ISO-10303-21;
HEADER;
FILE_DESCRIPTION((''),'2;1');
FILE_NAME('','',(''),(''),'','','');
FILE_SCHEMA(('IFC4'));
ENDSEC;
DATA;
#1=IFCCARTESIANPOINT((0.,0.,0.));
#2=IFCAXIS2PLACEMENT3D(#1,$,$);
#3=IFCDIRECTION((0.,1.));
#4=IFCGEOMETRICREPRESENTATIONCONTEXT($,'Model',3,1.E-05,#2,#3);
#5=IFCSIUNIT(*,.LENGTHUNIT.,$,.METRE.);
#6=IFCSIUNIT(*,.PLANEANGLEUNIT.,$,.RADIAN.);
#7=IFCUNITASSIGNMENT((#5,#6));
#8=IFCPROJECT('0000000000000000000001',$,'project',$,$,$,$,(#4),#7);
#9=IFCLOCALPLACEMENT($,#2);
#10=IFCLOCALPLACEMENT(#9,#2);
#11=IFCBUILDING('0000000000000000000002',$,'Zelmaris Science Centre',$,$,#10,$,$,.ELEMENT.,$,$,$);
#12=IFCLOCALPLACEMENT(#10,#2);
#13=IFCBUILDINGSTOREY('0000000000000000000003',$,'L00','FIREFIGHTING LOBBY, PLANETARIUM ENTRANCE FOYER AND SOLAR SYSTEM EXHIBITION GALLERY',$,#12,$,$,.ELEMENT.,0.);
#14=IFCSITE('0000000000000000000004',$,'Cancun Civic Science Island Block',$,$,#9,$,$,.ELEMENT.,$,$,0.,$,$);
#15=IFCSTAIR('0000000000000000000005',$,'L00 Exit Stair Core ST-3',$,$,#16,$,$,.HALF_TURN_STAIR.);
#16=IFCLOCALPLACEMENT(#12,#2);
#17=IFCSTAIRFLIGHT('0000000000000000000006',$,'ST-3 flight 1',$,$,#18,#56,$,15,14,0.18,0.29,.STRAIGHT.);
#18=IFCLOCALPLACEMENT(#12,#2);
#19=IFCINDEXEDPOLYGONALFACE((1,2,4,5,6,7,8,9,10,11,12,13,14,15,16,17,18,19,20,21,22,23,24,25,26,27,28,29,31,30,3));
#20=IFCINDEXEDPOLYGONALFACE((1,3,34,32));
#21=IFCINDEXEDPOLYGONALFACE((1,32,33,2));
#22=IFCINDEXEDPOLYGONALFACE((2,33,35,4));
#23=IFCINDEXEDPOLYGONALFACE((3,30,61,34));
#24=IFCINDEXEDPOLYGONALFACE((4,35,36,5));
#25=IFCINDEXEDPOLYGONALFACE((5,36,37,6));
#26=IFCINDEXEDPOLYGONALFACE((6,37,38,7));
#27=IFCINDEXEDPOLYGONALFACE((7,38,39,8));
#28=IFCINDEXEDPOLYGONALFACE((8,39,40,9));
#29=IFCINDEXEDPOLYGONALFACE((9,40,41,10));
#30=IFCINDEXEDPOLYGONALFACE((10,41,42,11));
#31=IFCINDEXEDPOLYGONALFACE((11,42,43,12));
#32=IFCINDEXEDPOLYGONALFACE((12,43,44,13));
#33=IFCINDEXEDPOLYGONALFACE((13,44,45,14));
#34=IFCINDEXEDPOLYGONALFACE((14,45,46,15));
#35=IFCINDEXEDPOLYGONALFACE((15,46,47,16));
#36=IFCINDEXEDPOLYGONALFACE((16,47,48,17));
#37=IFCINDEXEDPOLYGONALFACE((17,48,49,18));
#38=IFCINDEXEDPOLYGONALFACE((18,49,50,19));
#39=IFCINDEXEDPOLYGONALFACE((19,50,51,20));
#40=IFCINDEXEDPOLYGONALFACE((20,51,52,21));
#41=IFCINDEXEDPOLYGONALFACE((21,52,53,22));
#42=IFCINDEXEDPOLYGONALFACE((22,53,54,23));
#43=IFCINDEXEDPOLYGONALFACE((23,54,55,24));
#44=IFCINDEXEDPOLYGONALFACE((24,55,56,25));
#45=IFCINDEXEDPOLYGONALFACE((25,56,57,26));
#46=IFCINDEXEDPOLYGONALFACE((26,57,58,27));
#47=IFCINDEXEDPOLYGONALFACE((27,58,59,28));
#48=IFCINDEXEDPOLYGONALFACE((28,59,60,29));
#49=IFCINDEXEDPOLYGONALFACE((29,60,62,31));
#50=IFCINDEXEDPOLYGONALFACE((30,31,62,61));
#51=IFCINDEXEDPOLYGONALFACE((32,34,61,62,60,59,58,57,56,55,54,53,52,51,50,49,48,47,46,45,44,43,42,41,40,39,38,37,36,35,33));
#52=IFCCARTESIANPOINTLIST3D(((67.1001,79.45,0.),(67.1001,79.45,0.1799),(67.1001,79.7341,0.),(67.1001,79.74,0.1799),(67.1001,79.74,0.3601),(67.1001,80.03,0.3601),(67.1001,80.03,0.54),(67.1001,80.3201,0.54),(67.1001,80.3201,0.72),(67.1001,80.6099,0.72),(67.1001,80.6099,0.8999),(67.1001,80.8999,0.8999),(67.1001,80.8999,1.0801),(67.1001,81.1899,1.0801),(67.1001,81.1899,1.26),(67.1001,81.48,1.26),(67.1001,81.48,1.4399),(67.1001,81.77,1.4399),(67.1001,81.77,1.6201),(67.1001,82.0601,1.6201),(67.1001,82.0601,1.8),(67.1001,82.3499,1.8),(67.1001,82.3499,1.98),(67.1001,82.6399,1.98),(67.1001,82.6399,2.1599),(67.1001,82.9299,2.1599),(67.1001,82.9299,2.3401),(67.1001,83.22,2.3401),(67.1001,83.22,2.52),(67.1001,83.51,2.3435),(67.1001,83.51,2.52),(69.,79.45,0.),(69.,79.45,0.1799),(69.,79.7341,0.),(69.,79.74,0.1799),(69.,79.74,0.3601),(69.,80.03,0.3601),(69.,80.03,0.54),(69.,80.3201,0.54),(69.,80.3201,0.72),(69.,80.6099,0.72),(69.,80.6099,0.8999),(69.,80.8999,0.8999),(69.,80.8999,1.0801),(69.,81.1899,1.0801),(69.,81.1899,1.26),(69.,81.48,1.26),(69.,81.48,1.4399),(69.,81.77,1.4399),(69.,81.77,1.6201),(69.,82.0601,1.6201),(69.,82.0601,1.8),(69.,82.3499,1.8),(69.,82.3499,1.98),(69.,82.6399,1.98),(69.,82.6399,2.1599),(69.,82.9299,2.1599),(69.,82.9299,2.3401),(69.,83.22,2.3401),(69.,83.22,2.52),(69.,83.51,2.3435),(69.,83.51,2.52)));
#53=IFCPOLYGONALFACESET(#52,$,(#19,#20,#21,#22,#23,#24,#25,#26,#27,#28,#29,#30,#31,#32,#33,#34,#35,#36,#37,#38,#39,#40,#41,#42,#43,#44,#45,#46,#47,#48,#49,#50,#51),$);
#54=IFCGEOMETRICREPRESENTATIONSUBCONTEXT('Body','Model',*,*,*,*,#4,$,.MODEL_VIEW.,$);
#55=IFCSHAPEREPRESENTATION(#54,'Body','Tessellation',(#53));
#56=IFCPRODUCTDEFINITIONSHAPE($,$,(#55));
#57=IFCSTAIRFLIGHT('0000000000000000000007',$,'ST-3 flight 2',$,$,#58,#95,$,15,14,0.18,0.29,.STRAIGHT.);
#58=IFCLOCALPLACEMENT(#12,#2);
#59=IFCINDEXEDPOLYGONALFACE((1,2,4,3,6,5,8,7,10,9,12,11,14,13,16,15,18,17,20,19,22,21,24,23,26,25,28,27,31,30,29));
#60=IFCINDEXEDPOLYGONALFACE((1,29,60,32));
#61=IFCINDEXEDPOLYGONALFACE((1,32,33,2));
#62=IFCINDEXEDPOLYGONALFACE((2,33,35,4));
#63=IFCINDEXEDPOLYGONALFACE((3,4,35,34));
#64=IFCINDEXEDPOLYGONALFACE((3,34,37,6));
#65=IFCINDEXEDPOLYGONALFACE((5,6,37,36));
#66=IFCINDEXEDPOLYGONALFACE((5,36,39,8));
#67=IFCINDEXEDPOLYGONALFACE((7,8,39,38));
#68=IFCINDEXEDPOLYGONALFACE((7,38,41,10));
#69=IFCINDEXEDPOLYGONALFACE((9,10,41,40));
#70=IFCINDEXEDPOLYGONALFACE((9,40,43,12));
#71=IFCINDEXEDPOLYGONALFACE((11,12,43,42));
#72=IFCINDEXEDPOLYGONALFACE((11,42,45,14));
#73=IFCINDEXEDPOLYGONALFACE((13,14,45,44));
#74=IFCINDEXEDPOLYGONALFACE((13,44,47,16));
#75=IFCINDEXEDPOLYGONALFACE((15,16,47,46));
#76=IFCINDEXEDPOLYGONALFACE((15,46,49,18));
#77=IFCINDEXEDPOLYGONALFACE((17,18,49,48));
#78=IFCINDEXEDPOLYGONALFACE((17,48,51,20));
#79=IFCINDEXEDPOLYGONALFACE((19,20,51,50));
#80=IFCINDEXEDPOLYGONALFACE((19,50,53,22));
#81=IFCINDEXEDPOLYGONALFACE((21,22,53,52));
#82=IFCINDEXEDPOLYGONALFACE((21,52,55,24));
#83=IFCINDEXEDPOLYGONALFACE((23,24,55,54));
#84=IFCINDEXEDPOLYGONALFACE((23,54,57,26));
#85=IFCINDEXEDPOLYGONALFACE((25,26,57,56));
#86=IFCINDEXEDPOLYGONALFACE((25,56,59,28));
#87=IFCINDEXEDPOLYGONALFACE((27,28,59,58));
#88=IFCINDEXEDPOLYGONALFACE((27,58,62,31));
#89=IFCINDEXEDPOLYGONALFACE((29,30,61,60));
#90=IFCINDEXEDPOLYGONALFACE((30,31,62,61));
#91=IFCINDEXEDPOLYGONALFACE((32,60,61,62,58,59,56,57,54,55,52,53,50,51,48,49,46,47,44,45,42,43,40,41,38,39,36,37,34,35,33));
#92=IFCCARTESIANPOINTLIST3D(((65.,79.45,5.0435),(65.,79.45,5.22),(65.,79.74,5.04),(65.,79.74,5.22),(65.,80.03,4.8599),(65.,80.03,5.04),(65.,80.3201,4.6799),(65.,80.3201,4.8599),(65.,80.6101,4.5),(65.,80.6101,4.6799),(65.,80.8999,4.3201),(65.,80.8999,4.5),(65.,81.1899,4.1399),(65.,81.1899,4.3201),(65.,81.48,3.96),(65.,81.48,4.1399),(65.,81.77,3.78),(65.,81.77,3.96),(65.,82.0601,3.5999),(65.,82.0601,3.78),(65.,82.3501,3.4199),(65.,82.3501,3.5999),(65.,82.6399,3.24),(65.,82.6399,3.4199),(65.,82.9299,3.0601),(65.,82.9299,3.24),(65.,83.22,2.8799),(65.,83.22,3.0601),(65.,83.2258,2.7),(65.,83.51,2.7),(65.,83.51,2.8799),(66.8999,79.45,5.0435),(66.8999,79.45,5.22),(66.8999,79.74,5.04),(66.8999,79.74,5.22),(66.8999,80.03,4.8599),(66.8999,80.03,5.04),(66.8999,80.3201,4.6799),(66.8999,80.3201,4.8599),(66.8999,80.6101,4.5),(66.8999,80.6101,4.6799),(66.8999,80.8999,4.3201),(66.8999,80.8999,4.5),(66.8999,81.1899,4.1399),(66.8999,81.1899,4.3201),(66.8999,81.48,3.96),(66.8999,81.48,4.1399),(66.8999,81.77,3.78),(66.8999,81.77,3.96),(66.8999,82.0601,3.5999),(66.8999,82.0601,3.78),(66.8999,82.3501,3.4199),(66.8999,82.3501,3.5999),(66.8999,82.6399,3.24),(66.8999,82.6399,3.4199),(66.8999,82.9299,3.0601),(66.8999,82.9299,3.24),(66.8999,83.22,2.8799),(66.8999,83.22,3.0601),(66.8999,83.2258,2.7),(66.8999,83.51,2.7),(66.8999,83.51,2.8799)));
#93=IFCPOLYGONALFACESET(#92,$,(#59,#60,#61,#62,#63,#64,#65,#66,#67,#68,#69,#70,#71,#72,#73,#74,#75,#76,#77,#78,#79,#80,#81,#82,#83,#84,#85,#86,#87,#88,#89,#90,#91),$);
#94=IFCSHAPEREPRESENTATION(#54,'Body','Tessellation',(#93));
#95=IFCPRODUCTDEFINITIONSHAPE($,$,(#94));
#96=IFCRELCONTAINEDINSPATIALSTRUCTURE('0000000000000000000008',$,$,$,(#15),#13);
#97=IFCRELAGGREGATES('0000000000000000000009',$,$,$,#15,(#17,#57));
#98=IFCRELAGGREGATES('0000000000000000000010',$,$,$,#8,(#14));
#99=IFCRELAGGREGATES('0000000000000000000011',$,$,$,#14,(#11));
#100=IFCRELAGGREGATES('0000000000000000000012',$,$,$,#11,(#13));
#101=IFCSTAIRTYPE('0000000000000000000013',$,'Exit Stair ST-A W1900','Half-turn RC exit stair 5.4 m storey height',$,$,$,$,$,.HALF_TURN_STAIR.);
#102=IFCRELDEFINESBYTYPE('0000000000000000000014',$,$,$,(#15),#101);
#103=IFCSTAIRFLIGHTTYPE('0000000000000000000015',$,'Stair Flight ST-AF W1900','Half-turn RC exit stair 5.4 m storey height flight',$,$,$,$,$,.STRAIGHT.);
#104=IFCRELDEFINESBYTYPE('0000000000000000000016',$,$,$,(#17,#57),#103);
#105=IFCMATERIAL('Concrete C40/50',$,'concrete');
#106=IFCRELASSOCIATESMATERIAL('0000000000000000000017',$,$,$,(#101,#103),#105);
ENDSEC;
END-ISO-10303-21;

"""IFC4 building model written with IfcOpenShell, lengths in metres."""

from ifc_helpers import new_model, si_unit, direction, frame, origin, place, context, subcontext, project, spatial, polyline, outline, extrude, material, type_object, element, aggregate, save


model = new_model("IFC4")

# Units and contexts
model_context = context("Model", 3, precision=1e-05, world=origin(), true_north=direction((0.0, 1.0)))
body_context = subcontext(model_context, "Body", "Model", "MODEL_VIEW")
ifc_project = project(units=[si_unit("LENGTHUNIT", "METRE"), si_unit("PLANEANGLEUNIT", "RADIAN")], contexts=[model_context])

# Site, building, storey
site_placement = place(None, origin())
site = spatial("IfcSite", under=ifc_project, at=site_placement, Name="Cancun Civic Science Island Block", CompositionType="ELEMENT", RefElevation=0.0)
building_placement = place(site_placement, origin())
building = spatial("IfcBuilding", under=site, at=building_placement, Name="Zelmaris Science Centre", CompositionType="ELEMENT")
storey_placement = place(building_placement, origin())
storey = spatial("IfcBuildingStorey", under=building, at=storey_placement, Name="L00", Description="FIREFIGHTING LOBBY, PLANETARIUM ENTRANCE FOYER AND SOLAR SYSTEM EXHIBITION GALLERY", CompositionType="ELEMENT", Elevation=0.0)

# Shared definitions
ifc_material_1 = material(Name="Concrete C40/50", Category="concrete")

# Stair, stair flights
stair_type = type_object("IfcStairType", Name="Exit Stair ST-A W1900", Description="Half-turn RC exit stair 5.4 m storey height", PredefinedType="HALF_TURN_STAIR", material=ifc_material_1)
stair_placement = place(storey_placement, origin())
stair = element("IfcStair", 1, at=stair_placement, inside=storey, type_object=stair_type, Name="L00 Exit Stair Core ST-3", PredefinedType="HALF_TURN_STAIR")
stair_flight_type = type_object("IfcStairFlightType", Name="Stair Flight ST-AF W1900", Description="Half-turn RC exit stair 5.4 m storey height flight", PredefinedType="STRAIGHT", material=ifc_material_1)
stair_flight_1_placement = place(storey_placement, frame((68.05, 79.45, 0.0), z_axis=(0.0, 0.0, 1.0), x_axis=(0.0, 1.0, 0.0)))
stair_flight_1 = element("IfcStairFlight", 2, at=stair_flight_1_placement, type_object=stair_flight_type, Name="ST-3 flight 1", NumberOfRisers=15, NumberOfTreads=14, PredefinedType="STRAIGHT", RiserHeight=0.18, TreadLength=0.29, context=body_context, shape_type="SweptSolid", body=[
    extrude(outline(polyline([(0.0, 0.0), (0.0, 0.1799), (0.29, 0.1799), (0.29, 0.3601), (0.5801, 0.3601), (0.5801, 0.54), (0.8701, 0.54), (0.8701, 0.72), (1.1599, 0.72), (1.1599, 0.8999), (1.45, 0.8999), (1.45, 1.0801), (1.74, 1.0801), (1.74, 1.26), (2.03, 1.26), (2.03, 1.4399), (2.3201, 1.4399), (2.3201, 1.6201), (2.6101, 1.6201), (2.6101, 1.8), (2.8999, 1.8), (2.8999, 1.98), (3.1899, 1.98), (3.1899, 2.1599), (3.48, 2.1599), (3.48, 2.3401), (3.77, 2.3401), (3.77, 2.52), (4.0601, 2.52), (4.0601, 2.7), (4.0601, 2.3435), (0.2842, 0.0), (0.0, 0.0)])), frame((0.0, 0.95, 0.0), z_axis=(0.0, -1.0, 0.0), x_axis=(1.0, 0.0, 0.0)), (0.0, 0.0, 1.0), 1.8999),
])
stair_flight_2_placement = place(storey_placement, frame((65.95, 83.51, 2.7), z_axis=(0.0, 0.0, 1.0), x_axis=(0.0, -1.0, 0.0)))
stair_flight_2 = element("IfcStairFlight", 3, at=stair_flight_2_placement, type_object=stair_flight_type, Name="ST-3 flight 2", NumberOfRisers=15, NumberOfTreads=14, PredefinedType="STRAIGHT", RiserHeight=0.18, TreadLength=0.29, context=body_context, shape_type="SweptSolid", body=[
    extrude(outline(polyline([(0.0, 0.0), (0.0, 0.1799), (0.29, 0.1799), (0.29, 0.3601), (0.5801, 0.3601), (0.5801, 0.54), (0.8701, 0.54), (0.8701, 0.72), (1.1599, 0.72), (1.1599, 0.8999), (1.45, 0.8999), (1.45, 1.0801), (1.74, 1.0801), (1.74, 1.26), (2.03, 1.26), (2.03, 1.4399), (2.3201, 1.4399), (2.3201, 1.6201), (2.6101, 1.6201), (2.6101, 1.8), (2.8999, 1.8), (2.8999, 1.98), (3.1899, 1.98), (3.1899, 2.1599), (3.48, 2.1599), (3.48, 2.3401), (3.77, 2.3401), (3.77, 2.52), (4.0601, 2.52), (4.0601, 2.7), (4.0601, 2.3435), (0.2842, 0.0), (0.0, 0.0)])), frame((0.0, 0.95, 0.0), z_axis=(0.0, -1.0, 0.0), x_axis=(1.0, 0.0, 0.0)), (0.0, 0.0, 1.0), 1.8999),
])
aggregate(stair, [stair_flight_1, stair_flight_2])

save(model, "model.ifc")
